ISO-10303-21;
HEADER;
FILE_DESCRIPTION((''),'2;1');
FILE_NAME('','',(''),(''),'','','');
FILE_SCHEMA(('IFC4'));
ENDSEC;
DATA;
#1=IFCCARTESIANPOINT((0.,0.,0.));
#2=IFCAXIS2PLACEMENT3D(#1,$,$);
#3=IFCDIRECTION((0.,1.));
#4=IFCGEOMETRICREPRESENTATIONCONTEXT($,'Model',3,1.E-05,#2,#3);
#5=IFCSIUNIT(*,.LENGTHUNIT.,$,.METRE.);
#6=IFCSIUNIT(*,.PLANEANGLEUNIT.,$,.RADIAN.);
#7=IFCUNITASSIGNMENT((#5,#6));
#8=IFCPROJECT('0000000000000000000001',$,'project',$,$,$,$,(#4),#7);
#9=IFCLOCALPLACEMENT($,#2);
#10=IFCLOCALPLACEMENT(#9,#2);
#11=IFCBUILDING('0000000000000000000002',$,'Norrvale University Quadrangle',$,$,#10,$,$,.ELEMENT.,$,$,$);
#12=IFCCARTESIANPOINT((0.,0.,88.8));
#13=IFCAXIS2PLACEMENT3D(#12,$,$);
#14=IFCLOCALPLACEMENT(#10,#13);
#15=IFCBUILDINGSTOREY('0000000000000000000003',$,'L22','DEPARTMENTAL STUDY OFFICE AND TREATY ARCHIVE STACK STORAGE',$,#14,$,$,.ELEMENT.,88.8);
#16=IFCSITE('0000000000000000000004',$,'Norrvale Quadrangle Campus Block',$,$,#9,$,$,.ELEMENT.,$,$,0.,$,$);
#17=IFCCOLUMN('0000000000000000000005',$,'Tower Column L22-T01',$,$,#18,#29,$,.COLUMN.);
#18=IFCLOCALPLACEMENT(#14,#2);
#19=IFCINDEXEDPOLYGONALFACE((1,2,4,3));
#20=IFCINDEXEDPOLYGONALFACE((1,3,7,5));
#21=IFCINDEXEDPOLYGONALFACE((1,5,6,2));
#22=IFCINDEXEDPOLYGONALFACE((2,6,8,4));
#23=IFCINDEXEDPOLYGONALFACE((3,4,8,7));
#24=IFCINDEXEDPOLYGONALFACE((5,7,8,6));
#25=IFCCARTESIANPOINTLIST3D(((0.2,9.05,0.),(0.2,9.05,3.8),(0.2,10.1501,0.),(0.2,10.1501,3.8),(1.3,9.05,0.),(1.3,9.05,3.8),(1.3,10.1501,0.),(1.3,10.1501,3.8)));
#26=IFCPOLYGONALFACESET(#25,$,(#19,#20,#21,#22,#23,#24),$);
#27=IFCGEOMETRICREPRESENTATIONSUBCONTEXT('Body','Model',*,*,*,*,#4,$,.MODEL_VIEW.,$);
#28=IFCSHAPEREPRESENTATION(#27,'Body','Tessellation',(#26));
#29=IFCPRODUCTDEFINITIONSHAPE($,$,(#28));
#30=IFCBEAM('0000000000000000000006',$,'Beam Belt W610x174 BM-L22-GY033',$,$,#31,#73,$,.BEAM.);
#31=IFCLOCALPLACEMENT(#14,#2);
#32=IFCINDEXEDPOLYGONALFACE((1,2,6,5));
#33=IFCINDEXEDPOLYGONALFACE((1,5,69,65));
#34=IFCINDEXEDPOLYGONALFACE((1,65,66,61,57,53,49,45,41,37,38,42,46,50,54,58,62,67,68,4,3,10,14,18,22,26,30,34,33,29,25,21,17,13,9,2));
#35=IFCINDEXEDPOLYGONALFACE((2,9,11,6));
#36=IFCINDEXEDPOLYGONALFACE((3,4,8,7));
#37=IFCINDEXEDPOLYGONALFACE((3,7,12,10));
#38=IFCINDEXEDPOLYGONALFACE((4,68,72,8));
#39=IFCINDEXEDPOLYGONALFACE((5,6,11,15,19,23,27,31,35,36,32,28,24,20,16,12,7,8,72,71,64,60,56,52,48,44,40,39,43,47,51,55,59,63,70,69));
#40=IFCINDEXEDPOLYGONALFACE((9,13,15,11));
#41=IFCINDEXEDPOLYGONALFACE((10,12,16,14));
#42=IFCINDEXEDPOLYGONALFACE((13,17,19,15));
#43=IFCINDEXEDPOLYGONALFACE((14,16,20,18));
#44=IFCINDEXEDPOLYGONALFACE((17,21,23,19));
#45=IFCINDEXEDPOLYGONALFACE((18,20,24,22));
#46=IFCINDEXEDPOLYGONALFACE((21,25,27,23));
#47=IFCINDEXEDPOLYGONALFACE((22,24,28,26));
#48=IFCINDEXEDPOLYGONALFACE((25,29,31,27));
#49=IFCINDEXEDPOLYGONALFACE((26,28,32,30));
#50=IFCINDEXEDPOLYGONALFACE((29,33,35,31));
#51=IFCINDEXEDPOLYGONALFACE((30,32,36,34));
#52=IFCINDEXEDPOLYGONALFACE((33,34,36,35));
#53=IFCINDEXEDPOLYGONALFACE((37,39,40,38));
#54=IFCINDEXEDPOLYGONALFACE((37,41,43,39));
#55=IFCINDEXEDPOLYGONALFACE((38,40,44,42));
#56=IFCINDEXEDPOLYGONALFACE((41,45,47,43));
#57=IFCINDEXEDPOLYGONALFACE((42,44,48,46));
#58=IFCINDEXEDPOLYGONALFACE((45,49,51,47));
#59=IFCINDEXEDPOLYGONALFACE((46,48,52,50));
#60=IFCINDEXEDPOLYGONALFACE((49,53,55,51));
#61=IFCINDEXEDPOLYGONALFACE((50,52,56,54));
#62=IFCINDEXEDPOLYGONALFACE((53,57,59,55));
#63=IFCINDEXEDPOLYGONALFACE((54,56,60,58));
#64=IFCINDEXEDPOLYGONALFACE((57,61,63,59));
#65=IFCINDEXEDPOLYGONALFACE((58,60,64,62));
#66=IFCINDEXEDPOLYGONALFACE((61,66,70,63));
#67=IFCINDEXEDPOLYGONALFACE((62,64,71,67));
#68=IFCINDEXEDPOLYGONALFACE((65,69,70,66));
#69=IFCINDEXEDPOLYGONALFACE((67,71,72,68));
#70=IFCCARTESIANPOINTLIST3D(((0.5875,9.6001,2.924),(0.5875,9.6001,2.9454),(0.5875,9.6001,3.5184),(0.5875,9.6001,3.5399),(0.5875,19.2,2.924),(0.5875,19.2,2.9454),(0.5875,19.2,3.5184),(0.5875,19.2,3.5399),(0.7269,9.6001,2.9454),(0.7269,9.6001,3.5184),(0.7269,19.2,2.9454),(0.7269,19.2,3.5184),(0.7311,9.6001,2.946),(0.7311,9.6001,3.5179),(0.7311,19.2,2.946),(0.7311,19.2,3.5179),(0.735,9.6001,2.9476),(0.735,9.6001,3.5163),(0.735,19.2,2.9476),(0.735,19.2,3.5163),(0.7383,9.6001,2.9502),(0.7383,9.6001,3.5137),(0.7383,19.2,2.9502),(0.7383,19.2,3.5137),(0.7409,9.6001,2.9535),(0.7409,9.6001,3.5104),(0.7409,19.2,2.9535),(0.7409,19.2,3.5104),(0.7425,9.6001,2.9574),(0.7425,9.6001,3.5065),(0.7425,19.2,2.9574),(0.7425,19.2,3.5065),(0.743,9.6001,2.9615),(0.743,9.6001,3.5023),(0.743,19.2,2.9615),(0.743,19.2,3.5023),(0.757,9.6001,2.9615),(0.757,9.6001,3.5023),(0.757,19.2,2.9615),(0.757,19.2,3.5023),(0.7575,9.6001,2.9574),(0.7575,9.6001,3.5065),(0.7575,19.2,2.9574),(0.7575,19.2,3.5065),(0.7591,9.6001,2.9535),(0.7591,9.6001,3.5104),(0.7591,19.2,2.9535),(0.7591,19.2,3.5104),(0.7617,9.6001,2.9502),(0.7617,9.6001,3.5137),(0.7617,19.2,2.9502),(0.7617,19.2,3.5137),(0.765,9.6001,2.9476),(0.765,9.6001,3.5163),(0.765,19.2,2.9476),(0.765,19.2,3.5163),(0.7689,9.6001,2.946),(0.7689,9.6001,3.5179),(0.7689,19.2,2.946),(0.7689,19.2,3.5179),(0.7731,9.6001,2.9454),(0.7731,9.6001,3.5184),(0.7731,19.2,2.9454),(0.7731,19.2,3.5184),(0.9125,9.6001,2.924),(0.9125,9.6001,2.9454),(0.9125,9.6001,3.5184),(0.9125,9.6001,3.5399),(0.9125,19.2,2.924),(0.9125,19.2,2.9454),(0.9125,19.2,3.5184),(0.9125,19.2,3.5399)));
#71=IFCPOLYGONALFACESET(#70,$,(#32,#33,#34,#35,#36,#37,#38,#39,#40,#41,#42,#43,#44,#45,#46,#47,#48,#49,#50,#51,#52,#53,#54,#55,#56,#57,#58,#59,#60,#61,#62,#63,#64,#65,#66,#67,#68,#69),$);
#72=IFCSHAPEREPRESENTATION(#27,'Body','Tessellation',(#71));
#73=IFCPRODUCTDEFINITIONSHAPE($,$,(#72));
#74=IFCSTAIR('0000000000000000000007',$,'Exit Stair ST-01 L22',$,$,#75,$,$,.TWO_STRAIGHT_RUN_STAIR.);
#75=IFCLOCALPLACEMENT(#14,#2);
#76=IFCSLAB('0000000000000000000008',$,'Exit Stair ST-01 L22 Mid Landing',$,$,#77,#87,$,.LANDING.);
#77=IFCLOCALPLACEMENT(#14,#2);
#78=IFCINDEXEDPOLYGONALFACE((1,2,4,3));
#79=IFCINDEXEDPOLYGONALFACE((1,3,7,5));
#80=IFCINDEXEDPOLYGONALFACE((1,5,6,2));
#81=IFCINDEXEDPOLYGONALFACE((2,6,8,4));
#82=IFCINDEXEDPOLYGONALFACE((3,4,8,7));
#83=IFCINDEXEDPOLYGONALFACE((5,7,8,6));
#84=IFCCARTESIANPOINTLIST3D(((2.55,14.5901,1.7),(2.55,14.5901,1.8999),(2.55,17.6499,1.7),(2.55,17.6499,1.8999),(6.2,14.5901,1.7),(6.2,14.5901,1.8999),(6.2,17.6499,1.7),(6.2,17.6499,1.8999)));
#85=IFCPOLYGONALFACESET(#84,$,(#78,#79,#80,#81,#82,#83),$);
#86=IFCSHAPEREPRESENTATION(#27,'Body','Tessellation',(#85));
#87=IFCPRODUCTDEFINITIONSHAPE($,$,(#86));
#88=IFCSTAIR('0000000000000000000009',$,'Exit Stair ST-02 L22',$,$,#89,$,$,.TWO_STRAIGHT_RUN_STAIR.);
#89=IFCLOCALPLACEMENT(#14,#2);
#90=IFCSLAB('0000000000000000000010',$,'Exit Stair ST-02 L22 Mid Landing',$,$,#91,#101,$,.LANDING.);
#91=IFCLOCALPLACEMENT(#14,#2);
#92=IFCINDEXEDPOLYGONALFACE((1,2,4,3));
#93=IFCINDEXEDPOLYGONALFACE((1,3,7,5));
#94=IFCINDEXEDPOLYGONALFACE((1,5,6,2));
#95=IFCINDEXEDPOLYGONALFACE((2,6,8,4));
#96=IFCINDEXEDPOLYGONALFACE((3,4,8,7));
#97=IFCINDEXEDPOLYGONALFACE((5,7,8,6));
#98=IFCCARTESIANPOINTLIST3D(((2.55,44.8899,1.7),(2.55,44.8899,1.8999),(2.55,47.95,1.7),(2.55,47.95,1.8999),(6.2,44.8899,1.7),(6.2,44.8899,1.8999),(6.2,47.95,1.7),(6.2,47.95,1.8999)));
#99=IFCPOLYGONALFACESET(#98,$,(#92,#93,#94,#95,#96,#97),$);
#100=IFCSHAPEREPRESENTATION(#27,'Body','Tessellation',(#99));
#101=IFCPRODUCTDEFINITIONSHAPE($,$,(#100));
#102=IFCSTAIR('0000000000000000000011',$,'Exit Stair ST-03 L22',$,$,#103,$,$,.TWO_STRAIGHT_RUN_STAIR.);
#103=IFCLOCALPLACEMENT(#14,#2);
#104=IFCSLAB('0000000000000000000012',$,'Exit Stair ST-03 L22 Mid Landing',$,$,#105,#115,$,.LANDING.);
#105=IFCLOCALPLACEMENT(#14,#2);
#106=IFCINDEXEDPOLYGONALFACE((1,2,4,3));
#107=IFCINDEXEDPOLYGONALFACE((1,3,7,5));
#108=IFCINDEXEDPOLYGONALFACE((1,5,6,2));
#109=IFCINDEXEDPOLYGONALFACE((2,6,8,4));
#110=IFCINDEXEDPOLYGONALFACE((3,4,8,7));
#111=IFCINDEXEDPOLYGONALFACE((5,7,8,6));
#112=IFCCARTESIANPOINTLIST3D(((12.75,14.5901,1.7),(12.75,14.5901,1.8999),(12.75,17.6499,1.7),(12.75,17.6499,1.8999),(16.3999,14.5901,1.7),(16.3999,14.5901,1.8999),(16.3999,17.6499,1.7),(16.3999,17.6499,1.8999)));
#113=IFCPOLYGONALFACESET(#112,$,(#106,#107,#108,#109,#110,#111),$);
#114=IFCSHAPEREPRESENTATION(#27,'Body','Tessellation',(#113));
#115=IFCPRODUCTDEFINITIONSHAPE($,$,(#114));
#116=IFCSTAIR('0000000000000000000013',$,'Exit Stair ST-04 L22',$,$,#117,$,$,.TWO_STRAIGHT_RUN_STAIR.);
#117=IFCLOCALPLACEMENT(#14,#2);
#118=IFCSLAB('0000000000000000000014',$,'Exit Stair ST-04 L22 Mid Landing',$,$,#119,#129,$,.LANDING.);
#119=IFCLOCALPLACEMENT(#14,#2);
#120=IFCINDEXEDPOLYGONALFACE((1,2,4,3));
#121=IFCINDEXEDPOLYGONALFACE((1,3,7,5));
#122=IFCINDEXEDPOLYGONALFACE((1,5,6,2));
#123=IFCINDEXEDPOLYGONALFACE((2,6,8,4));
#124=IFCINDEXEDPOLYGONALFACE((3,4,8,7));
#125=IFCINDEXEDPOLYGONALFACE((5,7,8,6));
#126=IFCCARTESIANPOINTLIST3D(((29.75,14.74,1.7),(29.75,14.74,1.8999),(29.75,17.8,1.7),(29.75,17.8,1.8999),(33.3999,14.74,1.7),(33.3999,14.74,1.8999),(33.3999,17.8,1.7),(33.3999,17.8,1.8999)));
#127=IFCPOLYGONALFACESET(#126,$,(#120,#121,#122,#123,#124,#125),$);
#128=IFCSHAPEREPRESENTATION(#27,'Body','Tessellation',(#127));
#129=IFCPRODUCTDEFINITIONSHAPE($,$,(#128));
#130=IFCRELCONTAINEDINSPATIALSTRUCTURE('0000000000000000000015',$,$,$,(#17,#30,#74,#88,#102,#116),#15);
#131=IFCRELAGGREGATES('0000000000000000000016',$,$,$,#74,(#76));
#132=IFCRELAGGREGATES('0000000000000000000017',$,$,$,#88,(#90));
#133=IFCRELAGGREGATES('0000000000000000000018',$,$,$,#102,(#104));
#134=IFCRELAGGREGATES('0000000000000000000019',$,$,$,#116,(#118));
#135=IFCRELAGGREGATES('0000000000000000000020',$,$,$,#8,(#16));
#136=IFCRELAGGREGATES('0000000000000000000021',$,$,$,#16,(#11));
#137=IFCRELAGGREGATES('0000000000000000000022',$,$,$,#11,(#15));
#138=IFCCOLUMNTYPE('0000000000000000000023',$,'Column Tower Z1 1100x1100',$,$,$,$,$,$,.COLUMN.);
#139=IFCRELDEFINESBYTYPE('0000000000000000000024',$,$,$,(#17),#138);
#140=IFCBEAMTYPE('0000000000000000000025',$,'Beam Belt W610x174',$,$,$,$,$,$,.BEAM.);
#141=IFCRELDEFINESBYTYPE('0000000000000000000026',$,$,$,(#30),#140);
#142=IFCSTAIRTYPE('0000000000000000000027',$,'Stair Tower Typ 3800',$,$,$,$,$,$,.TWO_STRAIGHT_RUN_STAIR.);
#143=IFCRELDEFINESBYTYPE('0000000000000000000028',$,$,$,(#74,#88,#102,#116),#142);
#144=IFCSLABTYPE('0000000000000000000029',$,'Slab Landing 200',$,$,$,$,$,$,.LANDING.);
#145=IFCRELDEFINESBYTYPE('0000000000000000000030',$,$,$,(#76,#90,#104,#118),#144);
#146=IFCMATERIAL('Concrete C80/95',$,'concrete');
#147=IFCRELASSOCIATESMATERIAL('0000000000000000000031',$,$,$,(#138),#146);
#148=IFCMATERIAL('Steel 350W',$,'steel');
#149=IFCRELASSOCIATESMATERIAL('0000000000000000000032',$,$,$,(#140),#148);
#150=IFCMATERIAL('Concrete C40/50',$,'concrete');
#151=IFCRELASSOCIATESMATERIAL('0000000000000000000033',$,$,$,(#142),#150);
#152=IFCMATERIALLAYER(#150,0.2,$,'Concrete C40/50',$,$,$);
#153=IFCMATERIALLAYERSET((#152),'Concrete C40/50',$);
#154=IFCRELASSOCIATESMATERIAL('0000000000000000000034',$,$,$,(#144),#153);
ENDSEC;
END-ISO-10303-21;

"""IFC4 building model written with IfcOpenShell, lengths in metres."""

from ifc_helpers import new_model, si_unit, direction, frame, origin, origin_2d, place, context, subcontext, project, spatial, polyline, rectangle, i_section, outline, extrude, material, layer, layer_set, material_profile, profile_set, type_object, element, aggregate, save


model = new_model("IFC4")

# Units and contexts
model_context = context("Model", 3, precision=1e-05, world=origin(), true_north=direction((0.0, 1.0)))
body_context = subcontext(model_context, "Body", "Model", "MODEL_VIEW")
ifc_project = project(units=[si_unit("LENGTHUNIT", "METRE"), si_unit("PLANEANGLEUNIT", "RADIAN")], contexts=[model_context])

# Site, building, storey
site_placement = place(None, origin())
site = spatial("IfcSite", under=ifc_project, at=site_placement, Name="Norrvale Quadrangle Campus Block", CompositionType="ELEMENT", RefElevation=0.0)
building_placement = place(site_placement, origin())
building = spatial("IfcBuilding", under=site, at=building_placement, Name="Norrvale University Quadrangle", CompositionType="ELEMENT")
storey_placement = place(building_placement, frame((0.0, 0.0, 88.8)))
storey = spatial("IfcBuildingStorey", under=building, at=storey_placement, Name="L22", Description="DEPARTMENTAL STUDY OFFICE AND TREATY ARCHIVE STACK STORAGE", CompositionType="ELEMENT", Elevation=88.8)

# Column
ifc_material_1 = material(Name="Concrete C80/95", Category="concrete")
ifc_material_profile_1 = material_profile(ifc_material_1, rectangle(XDim=1.1001, YDim=1.1001, at=origin_2d()), Name="Concrete C80/95")
ifc_profile_set_1 = profile_set([ifc_material_profile_1], Name="Concrete C80/95")
column_type = type_object("IfcColumnType", Name="Column Tower Z1 1100x1100", PredefinedType="COLUMN", material=ifc_profile_set_1)
column_placement = place(storey_placement, frame((0.75, 9.6001, 0.0), z_axis=(0.0, 0.0, 1.0), x_axis=(1.0, 0.0, 0.0)))
element("IfcColumn", 1, at=column_placement, inside=storey, type_object=column_type, Name="Tower Column L22-T01", PredefinedType="COLUMN", context=body_context, shape_type="SweptSolid", body=[
    extrude(rectangle(XDim=1.1001, YDim=1.1001, at=origin_2d()), origin(), (0.0, 0.0, 1.0), 3.8),
])

# Beam
ifc_material_2 = material(Name="Steel 350W", Category="steel")
ifc_material_profile_2 = material_profile(ifc_material_2, i_section(OverallWidth=0.325, OverallDepth=0.616, WebThickness=0.0139, FlangeThickness=0.0215, FilletRadius=0.0161, at=origin_2d()), Name="Steel 350W")
ifc_profile_set_2 = profile_set([ifc_material_profile_2], Name="Steel 350W")
beam_type = type_object("IfcBeamType", Name="Beam Belt W610x174", PredefinedType="BEAM", material=ifc_profile_set_2)
beam_placement = place(storey_placement, frame((0.75, 9.6001, 3.2319), z_axis=(0.0, 1.0, 0.0), x_axis=(-1.0, 0.0, 0.0)))
element("IfcBeam", 2, at=beam_placement, inside=storey, type_object=beam_type, Name="Beam Belt W610x174 BM-L22-GY033", PredefinedType="BEAM", context=body_context, shape_type="SweptSolid", body=[
    extrude(i_section(OverallWidth=0.325, OverallDepth=0.616, WebThickness=0.0139, FlangeThickness=0.0215, FilletRadius=0.0161, at=origin_2d()), origin(), (0.0, 0.0, 1.0), 9.5999),
])

# Stairs, slabs
ifc_material_3 = material(Name="Concrete C40/50", Category="concrete")
stair_type = type_object("IfcStairType", Name="Stair Tower Typ 3800", PredefinedType="TWO_STRAIGHT_RUN_STAIR", material=ifc_material_3)
stair_1_placement = place(storey_placement, origin())
stair_1 = element("IfcStair", 3, at=stair_1_placement, inside=storey, type_object=stair_type, Name="Exit Stair ST-01 L22", PredefinedType="TWO_STRAIGHT_RUN_STAIR")
ifc_layer_1 = layer(ifc_material_3, 0.2, Name="Concrete C40/50")
ifc_layer_set_1 = layer_set([ifc_layer_1], Name="Concrete C40/50")
slab_type_1 = type_object("IfcSlabType", Name="Slab Landing 200", PredefinedType="LANDING", material=ifc_layer_set_1)
slab_1_placement = place(storey_placement, frame((0.0, 0.0, 1.7)))
slab_1 = element("IfcSlab", 4, at=slab_1_placement, type_object=slab_type_1, Name="Exit Stair ST-01 L22 Mid Landing", PredefinedType="LANDING", context=body_context, shape_type="SweptSolid", body=[
    extrude(outline(polyline([(2.55, 14.5901), (6.2, 14.5901), (6.2, 17.6499), (2.55, 17.6499), (2.55, 14.5901)])), origin(), (0.0, 0.0, 1.0), 0.2),
])
aggregate(stair_1, [slab_1])
stair_2_placement = place(storey_placement, origin())
stair_2 = element("IfcStair", 5, at=stair_2_placement, inside=storey, type_object=stair_type, Name="Exit Stair ST-02 L22", PredefinedType="TWO_STRAIGHT_RUN_STAIR")
slab_2_placement = place(storey_placement, frame((0.0, 0.0, 1.7)))
slab_2 = element("IfcSlab", 6, at=slab_2_placement, type_object=slab_type_1, Name="Exit Stair ST-02 L22 Mid Landing", PredefinedType="LANDING", context=body_context, shape_type="SweptSolid", body=[
    extrude(outline(polyline([(2.55, 44.8899), (6.2, 44.8899), (6.2, 47.95), (2.55, 47.95), (2.55, 44.8899)])), origin(), (0.0, 0.0, 1.0), 0.2),
])
aggregate(stair_2, [slab_2])
stair_3_placement = place(storey_placement, origin())
stair_3 = element("IfcStair", 7, at=stair_3_placement, inside=storey, type_object=stair_type, Name="Exit Stair ST-03 L22", PredefinedType="TWO_STRAIGHT_RUN_STAIR")
slab_3_placement = place(storey_placement, frame((0.0, 0.0, 1.7)))
slab_3 = element("IfcSlab", 8, at=slab_3_placement, type_object=slab_type_1, Name="Exit Stair ST-03 L22 Mid Landing", PredefinedType="LANDING", context=body_context, shape_type="SweptSolid", body=[
    extrude(outline(polyline([(12.75, 14.5901), (16.3999, 14.5901), (16.3999, 17.6499), (12.75, 17.6499), (12.75, 14.5901)])), origin(), (0.0, 0.0, 1.0), 0.2),
])
aggregate(stair_3, [slab_3])
stair_4_placement = place(storey_placement, origin())
stair_4 = element("IfcStair", 9, at=stair_4_placement, inside=storey, type_object=stair_type, Name="Exit Stair ST-04 L22", PredefinedType="TWO_STRAIGHT_RUN_STAIR")
slab_4_placement = place(storey_placement, frame((0.0, 0.0, 1.7)))
slab_4 = element("IfcSlab", 10, at=slab_4_placement, type_object=slab_type_1, Name="Exit Stair ST-04 L22 Mid Landing", PredefinedType="LANDING", context=body_context, shape_type="SweptSolid", body=[
    extrude(outline(polyline([(29.75, 14.74), (33.3999, 14.74), (33.3999, 17.8), (29.75, 17.8), (29.75, 14.74)])), origin(), (0.0, 0.0, 1.0), 0.2),
])
aggregate(stair_4, [slab_4])

save(model, "model.ifc")
